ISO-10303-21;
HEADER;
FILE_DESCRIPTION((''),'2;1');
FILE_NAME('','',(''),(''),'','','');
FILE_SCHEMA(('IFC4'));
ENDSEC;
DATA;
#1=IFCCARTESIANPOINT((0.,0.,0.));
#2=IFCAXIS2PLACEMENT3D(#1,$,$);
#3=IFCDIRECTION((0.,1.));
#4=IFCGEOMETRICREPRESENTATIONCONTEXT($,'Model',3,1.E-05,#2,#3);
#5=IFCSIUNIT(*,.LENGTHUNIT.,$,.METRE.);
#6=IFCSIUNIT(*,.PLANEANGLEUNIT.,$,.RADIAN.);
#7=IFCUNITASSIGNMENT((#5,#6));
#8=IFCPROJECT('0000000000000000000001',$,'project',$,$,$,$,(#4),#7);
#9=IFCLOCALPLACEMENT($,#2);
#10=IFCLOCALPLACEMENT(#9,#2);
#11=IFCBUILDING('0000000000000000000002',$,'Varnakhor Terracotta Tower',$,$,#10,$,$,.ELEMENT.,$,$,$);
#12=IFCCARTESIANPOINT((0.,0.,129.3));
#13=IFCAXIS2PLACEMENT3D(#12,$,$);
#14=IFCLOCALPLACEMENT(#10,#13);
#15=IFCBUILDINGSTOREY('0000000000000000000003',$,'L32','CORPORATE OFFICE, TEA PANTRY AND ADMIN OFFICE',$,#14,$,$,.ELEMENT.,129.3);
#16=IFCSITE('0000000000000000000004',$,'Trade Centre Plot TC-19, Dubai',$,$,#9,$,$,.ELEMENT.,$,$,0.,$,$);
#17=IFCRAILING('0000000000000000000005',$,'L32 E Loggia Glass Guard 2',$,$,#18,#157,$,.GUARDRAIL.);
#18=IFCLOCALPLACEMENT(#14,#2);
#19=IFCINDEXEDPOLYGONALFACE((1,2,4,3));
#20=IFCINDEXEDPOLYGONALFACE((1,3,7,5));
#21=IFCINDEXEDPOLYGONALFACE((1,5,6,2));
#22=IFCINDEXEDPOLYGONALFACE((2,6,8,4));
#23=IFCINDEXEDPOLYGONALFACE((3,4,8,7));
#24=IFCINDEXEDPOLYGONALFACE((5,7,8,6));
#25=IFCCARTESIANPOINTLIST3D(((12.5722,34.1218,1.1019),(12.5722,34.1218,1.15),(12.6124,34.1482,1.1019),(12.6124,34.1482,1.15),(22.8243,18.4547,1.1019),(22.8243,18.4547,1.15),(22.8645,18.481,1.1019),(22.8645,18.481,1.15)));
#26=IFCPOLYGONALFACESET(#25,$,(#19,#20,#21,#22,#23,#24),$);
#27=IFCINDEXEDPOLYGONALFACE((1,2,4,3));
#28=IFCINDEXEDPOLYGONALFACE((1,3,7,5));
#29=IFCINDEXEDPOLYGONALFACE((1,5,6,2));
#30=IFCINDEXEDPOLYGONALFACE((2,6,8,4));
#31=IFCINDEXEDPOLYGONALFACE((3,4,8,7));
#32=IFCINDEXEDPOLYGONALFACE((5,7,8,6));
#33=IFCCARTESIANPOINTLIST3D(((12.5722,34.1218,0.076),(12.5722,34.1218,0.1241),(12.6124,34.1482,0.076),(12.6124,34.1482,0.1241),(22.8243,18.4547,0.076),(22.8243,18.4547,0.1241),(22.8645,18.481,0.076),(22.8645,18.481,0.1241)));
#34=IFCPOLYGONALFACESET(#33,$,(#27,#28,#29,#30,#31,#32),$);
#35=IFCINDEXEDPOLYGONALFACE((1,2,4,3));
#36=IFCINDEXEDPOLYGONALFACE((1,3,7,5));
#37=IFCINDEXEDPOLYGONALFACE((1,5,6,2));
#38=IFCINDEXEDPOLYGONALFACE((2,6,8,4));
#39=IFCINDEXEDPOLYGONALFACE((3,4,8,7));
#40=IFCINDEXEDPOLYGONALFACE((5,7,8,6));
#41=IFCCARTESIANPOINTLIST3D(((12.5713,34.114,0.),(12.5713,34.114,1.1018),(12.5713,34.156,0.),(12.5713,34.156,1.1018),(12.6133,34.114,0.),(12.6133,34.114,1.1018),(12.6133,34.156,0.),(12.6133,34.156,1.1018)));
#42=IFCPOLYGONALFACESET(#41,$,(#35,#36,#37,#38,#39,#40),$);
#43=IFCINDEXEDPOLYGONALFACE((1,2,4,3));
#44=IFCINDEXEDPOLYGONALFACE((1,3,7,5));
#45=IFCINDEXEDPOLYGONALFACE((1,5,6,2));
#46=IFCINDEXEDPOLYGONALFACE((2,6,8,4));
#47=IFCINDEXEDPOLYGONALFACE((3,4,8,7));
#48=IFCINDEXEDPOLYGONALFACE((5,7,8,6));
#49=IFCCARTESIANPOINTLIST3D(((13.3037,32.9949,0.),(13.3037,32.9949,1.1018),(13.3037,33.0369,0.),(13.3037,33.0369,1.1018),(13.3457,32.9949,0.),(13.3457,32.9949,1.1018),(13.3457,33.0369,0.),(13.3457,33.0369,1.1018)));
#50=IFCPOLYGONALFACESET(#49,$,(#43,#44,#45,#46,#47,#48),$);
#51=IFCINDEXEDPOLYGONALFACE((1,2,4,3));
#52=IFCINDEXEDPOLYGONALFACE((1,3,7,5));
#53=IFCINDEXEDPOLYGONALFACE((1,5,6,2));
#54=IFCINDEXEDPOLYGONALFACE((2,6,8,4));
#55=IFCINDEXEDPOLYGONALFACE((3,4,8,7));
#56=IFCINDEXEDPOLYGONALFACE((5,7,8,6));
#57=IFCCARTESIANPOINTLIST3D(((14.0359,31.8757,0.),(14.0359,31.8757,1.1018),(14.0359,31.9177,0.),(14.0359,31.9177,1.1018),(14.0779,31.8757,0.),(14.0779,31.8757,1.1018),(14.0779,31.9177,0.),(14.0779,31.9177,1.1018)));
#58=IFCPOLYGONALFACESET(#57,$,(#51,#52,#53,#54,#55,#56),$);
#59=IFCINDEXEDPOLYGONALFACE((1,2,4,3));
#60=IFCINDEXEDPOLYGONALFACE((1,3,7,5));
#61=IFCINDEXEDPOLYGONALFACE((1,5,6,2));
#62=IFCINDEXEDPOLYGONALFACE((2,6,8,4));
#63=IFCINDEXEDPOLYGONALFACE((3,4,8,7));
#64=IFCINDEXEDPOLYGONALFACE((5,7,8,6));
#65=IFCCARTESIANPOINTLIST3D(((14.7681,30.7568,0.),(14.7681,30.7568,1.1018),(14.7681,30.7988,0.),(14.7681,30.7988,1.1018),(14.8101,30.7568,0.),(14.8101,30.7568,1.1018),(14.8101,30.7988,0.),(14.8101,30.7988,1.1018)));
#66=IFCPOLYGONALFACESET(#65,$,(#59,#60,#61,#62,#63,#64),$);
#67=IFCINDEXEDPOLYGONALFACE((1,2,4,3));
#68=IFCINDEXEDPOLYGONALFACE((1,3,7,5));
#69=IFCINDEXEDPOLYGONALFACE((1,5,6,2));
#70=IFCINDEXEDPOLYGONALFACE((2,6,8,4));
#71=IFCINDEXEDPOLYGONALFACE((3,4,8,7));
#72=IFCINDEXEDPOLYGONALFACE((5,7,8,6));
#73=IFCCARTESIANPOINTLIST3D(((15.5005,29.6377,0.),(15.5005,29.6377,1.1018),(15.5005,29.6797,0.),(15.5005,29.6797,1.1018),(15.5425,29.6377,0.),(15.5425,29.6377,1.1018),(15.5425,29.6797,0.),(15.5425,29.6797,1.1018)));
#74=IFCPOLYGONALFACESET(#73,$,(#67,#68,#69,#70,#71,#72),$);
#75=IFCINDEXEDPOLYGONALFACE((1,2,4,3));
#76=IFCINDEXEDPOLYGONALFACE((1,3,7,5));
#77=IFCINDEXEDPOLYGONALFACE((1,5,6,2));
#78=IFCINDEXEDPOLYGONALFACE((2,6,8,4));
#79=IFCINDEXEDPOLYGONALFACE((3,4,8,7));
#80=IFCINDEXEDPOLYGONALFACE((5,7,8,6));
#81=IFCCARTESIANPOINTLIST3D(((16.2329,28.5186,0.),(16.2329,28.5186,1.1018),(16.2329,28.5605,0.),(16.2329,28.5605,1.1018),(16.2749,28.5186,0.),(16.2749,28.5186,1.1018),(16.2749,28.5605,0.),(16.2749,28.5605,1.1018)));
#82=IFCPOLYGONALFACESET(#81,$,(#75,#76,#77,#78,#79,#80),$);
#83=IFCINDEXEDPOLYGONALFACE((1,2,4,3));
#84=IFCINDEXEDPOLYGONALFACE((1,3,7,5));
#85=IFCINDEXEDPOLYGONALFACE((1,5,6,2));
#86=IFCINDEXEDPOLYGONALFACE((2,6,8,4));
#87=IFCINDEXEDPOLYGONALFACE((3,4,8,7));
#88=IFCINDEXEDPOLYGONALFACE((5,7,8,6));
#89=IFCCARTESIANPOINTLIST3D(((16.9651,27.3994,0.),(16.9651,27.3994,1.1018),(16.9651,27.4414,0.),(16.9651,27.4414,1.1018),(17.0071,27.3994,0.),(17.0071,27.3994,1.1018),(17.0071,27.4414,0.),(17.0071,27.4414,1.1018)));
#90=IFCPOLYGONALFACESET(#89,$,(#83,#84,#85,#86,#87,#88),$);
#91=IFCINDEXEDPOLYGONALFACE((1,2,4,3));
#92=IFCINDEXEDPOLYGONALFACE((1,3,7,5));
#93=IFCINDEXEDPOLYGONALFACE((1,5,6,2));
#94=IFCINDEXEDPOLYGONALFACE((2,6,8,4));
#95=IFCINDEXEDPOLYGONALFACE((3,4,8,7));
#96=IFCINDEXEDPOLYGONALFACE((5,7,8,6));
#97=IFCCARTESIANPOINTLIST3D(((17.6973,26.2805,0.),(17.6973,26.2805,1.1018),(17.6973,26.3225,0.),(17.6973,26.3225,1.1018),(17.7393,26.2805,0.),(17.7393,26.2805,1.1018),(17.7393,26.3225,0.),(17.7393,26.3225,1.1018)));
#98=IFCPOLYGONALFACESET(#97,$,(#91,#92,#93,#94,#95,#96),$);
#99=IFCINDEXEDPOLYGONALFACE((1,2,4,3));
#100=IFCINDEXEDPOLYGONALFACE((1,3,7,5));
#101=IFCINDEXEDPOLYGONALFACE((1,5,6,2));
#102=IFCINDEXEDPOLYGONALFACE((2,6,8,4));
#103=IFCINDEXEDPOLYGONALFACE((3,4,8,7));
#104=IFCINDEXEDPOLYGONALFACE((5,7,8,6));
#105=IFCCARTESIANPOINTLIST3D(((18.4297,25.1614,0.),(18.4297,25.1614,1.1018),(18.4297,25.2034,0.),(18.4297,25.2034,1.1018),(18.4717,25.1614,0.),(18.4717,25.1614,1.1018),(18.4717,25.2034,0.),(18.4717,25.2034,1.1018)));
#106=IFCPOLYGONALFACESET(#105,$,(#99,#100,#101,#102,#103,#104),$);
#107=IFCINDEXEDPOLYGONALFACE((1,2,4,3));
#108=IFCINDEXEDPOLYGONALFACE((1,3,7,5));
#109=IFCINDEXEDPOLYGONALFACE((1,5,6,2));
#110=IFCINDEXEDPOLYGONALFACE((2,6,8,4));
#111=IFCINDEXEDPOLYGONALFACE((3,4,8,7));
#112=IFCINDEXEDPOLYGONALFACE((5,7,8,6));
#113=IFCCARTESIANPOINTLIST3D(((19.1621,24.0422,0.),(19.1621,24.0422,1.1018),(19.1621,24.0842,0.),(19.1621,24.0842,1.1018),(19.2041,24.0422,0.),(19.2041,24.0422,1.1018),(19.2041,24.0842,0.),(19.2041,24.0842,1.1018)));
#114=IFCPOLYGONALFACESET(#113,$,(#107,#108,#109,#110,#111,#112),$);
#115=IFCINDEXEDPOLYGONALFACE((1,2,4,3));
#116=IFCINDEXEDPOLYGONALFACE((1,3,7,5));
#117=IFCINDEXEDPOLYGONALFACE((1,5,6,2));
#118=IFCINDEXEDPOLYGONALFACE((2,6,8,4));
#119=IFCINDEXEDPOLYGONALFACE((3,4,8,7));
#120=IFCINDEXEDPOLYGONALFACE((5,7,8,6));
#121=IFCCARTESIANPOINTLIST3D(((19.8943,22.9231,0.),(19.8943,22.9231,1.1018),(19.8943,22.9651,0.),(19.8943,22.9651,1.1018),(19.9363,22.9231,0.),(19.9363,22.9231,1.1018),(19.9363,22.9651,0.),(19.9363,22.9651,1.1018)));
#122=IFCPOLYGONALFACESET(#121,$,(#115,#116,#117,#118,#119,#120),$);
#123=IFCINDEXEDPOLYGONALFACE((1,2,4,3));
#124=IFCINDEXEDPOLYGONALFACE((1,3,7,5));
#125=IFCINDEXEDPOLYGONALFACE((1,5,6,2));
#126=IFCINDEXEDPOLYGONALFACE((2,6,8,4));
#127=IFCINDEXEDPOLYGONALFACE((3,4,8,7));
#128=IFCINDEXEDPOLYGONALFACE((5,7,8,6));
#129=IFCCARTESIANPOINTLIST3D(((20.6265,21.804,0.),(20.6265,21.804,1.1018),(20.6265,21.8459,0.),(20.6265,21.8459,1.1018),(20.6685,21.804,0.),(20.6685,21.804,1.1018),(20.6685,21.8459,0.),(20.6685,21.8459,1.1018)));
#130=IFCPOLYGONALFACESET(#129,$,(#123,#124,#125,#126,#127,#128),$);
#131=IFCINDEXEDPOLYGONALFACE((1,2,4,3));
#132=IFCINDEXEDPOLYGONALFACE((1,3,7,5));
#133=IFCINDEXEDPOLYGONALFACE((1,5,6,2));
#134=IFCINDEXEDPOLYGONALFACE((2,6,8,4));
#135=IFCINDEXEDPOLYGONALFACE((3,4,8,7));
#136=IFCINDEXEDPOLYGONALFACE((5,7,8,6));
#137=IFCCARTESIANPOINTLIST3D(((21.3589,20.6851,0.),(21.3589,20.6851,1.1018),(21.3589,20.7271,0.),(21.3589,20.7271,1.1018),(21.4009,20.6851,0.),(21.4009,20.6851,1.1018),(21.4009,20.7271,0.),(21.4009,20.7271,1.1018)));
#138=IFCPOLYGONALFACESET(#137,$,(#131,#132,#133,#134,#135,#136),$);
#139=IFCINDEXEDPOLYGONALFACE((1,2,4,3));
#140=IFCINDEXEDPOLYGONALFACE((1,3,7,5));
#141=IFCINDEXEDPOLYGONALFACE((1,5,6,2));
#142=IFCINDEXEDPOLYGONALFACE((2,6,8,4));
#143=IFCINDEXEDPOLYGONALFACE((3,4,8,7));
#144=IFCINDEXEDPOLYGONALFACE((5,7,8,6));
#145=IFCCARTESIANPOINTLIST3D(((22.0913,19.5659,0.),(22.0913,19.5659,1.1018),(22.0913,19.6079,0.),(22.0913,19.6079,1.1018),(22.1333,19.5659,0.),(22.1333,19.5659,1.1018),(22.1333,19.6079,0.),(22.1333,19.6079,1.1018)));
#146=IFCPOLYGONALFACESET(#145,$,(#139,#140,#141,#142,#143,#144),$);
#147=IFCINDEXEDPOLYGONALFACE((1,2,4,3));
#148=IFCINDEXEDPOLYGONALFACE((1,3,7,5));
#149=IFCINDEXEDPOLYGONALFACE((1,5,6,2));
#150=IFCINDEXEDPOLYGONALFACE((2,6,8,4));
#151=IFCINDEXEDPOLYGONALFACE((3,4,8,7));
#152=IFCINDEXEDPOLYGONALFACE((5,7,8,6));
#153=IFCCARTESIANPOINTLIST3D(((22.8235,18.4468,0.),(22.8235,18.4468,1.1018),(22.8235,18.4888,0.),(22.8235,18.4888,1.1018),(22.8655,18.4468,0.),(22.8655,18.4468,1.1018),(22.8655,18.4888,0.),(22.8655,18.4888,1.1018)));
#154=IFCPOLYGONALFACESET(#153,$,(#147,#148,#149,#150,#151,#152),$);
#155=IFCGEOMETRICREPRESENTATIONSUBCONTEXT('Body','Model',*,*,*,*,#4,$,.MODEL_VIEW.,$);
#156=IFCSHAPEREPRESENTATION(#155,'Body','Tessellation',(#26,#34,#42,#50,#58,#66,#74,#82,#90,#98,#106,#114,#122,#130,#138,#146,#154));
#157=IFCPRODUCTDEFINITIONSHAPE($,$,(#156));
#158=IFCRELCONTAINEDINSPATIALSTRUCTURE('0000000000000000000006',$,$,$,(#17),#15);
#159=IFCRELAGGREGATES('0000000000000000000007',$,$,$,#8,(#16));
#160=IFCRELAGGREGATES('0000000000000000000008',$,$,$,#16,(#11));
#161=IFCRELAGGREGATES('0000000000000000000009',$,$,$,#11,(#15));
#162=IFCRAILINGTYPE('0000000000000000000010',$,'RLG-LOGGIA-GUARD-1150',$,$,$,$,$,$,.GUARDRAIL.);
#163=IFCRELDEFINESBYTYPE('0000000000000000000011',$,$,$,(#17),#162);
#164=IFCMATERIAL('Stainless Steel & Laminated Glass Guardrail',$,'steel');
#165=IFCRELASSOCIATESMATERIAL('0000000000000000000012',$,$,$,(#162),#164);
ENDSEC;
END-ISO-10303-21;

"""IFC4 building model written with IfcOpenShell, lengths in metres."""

from ifc_helpers import new_model, si_unit, direction, frame, origin, origin_2d, place, context, subcontext, project, spatial, rectangle, extrude, material, type_object, element, save


model = new_model("IFC4")

# Units and contexts
model_context = context("Model", 3, precision=1e-05, world=origin(), true_north=direction((0.0, 1.0)))
body_context = subcontext(model_context, "Body", "Model", "MODEL_VIEW")
ifc_project = project(units=[si_unit("LENGTHUNIT", "METRE"), si_unit("PLANEANGLEUNIT", "RADIAN")], contexts=[model_context])

# Site, building, storey
site_placement = place(None, origin())
site = spatial("IfcSite", under=ifc_project, at=site_placement, Name="Trade Centre Plot TC-19, Dubai", CompositionType="ELEMENT", RefElevation=0.0)
building_placement = place(site_placement, origin())
building = spatial("IfcBuilding", under=site, at=building_placement, Name="Varnakhor Terracotta Tower", CompositionType="ELEMENT")
storey_placement = place(building_placement, frame((0.0, 0.0, 129.3)))
storey = spatial("IfcBuildingStorey", under=building, at=storey_placement, Name="L32", Description="CORPORATE OFFICE, TEA PANTRY AND ADMIN OFFICE", CompositionType="ELEMENT", Elevation=129.3)

# Railing
ifc_material_1 = material(Name="Stainless Steel & Laminated Glass Guardrail", Category="steel")
railing_type = type_object("IfcRailingType", Name="RLG-LOGGIA-GUARD-1150", PredefinedType="GUARDRAIL", material=ifc_material_1)
railing_1_placement = place(storey_placement, frame((12.5923, 34.135, 0.0)))
element("IfcRailing", 1, at=railing_1_placement, inside=storey, type_object=railing_type, Name="L32 E Loggia Glass Guard 2", PredefinedType="GUARDRAIL", context=body_context, shape_type="SweptSolid", body=[
    extrude(rectangle(XDim=0.0481, YDim=0.0481, at=origin_2d()), frame((0.0, 0.0, 1.126), z_axis=(0.547557, -0.836768, 0.0), x_axis=(0.836768, 0.547557, 0.0)), (0.0, 0.0, 1.0), 18.7234),
    extrude(rectangle(XDim=0.0481, YDim=0.0481, at=origin_2d()), frame((0.0, 0.0, 0.1001), z_axis=(0.547557, -0.836768, 0.0), x_axis=(0.836768, 0.547557, 0.0)), (0.0, 0.0, 1.0), 18.7234),
    extrude(rectangle(XDim=0.042, YDim=0.042, at=origin_2d()), origin(), (0.0, 0.0, 1.0), 1.1018),
    extrude(rectangle(XDim=0.042, YDim=0.042, at=origin_2d()), frame((0.7324, -1.1191, 0.0)), (0.0, 0.0, 1.0), 1.1018),
    extrude(rectangle(XDim=0.042, YDim=0.042, at=origin_2d()), frame((1.4646, -2.2383, 0.0)), (0.0, 0.0, 1.0), 1.1018),
    extrude(rectangle(XDim=0.042, YDim=0.042, at=origin_2d()), frame((2.1968, -3.3572, 0.0)), (0.0, 0.0, 1.0), 1.1018),
    extrude(rectangle(XDim=0.042, YDim=0.042, at=origin_2d()), frame((2.9292, -4.4763, 0.0)), (0.0, 0.0, 1.0), 1.1018),
    extrude(rectangle(XDim=0.042, YDim=0.042, at=origin_2d()), frame((3.6616, -5.5955, 0.0)), (0.0, 0.0, 1.0), 1.1018),
    extrude(rectangle(XDim=0.042, YDim=0.042, at=origin_2d()), frame((4.3938, -6.7146, 0.0)), (0.0, 0.0, 1.0), 1.1018),
    extrude(rectangle(XDim=0.042, YDim=0.042, at=origin_2d()), frame((5.126, -7.8335, 0.0)), (0.0, 0.0, 1.0), 1.1018),
    extrude(rectangle(XDim=0.042, YDim=0.042, at=origin_2d()), frame((5.8584, -8.9526, 0.0)), (0.0, 0.0, 1.0), 1.1018),
    extrude(rectangle(XDim=0.042, YDim=0.042, at=origin_2d()), frame((6.5908, -10.0718, 0.0)), (0.0, 0.0, 1.0), 1.1018),
    extrude(rectangle(XDim=0.042, YDim=0.042, at=origin_2d()), frame((7.323, -11.1909, 0.0)), (0.0, 0.0, 1.0), 1.1018),
    extrude(rectangle(XDim=0.042, YDim=0.042, at=origin_2d()), frame((8.0552, -12.3101, 0.0)), (0.0, 0.0, 1.0), 1.1018),
    extrude(rectangle(XDim=0.042, YDim=0.042, at=origin_2d()), frame((8.7876, -13.429, 0.0)), (0.0, 0.0, 1.0), 1.1018),
    extrude(rectangle(XDim=0.042, YDim=0.042, at=origin_2d()), frame((9.52, -14.5481, 0.0)), (0.0, 0.0, 1.0), 1.1018),
    extrude(rectangle(XDim=0.042, YDim=0.042, at=origin_2d()), frame((10.2522, -15.6672, 0.0)), (0.0, 0.0, 1.0), 1.1018),
])

save(model, "model.ifc")
